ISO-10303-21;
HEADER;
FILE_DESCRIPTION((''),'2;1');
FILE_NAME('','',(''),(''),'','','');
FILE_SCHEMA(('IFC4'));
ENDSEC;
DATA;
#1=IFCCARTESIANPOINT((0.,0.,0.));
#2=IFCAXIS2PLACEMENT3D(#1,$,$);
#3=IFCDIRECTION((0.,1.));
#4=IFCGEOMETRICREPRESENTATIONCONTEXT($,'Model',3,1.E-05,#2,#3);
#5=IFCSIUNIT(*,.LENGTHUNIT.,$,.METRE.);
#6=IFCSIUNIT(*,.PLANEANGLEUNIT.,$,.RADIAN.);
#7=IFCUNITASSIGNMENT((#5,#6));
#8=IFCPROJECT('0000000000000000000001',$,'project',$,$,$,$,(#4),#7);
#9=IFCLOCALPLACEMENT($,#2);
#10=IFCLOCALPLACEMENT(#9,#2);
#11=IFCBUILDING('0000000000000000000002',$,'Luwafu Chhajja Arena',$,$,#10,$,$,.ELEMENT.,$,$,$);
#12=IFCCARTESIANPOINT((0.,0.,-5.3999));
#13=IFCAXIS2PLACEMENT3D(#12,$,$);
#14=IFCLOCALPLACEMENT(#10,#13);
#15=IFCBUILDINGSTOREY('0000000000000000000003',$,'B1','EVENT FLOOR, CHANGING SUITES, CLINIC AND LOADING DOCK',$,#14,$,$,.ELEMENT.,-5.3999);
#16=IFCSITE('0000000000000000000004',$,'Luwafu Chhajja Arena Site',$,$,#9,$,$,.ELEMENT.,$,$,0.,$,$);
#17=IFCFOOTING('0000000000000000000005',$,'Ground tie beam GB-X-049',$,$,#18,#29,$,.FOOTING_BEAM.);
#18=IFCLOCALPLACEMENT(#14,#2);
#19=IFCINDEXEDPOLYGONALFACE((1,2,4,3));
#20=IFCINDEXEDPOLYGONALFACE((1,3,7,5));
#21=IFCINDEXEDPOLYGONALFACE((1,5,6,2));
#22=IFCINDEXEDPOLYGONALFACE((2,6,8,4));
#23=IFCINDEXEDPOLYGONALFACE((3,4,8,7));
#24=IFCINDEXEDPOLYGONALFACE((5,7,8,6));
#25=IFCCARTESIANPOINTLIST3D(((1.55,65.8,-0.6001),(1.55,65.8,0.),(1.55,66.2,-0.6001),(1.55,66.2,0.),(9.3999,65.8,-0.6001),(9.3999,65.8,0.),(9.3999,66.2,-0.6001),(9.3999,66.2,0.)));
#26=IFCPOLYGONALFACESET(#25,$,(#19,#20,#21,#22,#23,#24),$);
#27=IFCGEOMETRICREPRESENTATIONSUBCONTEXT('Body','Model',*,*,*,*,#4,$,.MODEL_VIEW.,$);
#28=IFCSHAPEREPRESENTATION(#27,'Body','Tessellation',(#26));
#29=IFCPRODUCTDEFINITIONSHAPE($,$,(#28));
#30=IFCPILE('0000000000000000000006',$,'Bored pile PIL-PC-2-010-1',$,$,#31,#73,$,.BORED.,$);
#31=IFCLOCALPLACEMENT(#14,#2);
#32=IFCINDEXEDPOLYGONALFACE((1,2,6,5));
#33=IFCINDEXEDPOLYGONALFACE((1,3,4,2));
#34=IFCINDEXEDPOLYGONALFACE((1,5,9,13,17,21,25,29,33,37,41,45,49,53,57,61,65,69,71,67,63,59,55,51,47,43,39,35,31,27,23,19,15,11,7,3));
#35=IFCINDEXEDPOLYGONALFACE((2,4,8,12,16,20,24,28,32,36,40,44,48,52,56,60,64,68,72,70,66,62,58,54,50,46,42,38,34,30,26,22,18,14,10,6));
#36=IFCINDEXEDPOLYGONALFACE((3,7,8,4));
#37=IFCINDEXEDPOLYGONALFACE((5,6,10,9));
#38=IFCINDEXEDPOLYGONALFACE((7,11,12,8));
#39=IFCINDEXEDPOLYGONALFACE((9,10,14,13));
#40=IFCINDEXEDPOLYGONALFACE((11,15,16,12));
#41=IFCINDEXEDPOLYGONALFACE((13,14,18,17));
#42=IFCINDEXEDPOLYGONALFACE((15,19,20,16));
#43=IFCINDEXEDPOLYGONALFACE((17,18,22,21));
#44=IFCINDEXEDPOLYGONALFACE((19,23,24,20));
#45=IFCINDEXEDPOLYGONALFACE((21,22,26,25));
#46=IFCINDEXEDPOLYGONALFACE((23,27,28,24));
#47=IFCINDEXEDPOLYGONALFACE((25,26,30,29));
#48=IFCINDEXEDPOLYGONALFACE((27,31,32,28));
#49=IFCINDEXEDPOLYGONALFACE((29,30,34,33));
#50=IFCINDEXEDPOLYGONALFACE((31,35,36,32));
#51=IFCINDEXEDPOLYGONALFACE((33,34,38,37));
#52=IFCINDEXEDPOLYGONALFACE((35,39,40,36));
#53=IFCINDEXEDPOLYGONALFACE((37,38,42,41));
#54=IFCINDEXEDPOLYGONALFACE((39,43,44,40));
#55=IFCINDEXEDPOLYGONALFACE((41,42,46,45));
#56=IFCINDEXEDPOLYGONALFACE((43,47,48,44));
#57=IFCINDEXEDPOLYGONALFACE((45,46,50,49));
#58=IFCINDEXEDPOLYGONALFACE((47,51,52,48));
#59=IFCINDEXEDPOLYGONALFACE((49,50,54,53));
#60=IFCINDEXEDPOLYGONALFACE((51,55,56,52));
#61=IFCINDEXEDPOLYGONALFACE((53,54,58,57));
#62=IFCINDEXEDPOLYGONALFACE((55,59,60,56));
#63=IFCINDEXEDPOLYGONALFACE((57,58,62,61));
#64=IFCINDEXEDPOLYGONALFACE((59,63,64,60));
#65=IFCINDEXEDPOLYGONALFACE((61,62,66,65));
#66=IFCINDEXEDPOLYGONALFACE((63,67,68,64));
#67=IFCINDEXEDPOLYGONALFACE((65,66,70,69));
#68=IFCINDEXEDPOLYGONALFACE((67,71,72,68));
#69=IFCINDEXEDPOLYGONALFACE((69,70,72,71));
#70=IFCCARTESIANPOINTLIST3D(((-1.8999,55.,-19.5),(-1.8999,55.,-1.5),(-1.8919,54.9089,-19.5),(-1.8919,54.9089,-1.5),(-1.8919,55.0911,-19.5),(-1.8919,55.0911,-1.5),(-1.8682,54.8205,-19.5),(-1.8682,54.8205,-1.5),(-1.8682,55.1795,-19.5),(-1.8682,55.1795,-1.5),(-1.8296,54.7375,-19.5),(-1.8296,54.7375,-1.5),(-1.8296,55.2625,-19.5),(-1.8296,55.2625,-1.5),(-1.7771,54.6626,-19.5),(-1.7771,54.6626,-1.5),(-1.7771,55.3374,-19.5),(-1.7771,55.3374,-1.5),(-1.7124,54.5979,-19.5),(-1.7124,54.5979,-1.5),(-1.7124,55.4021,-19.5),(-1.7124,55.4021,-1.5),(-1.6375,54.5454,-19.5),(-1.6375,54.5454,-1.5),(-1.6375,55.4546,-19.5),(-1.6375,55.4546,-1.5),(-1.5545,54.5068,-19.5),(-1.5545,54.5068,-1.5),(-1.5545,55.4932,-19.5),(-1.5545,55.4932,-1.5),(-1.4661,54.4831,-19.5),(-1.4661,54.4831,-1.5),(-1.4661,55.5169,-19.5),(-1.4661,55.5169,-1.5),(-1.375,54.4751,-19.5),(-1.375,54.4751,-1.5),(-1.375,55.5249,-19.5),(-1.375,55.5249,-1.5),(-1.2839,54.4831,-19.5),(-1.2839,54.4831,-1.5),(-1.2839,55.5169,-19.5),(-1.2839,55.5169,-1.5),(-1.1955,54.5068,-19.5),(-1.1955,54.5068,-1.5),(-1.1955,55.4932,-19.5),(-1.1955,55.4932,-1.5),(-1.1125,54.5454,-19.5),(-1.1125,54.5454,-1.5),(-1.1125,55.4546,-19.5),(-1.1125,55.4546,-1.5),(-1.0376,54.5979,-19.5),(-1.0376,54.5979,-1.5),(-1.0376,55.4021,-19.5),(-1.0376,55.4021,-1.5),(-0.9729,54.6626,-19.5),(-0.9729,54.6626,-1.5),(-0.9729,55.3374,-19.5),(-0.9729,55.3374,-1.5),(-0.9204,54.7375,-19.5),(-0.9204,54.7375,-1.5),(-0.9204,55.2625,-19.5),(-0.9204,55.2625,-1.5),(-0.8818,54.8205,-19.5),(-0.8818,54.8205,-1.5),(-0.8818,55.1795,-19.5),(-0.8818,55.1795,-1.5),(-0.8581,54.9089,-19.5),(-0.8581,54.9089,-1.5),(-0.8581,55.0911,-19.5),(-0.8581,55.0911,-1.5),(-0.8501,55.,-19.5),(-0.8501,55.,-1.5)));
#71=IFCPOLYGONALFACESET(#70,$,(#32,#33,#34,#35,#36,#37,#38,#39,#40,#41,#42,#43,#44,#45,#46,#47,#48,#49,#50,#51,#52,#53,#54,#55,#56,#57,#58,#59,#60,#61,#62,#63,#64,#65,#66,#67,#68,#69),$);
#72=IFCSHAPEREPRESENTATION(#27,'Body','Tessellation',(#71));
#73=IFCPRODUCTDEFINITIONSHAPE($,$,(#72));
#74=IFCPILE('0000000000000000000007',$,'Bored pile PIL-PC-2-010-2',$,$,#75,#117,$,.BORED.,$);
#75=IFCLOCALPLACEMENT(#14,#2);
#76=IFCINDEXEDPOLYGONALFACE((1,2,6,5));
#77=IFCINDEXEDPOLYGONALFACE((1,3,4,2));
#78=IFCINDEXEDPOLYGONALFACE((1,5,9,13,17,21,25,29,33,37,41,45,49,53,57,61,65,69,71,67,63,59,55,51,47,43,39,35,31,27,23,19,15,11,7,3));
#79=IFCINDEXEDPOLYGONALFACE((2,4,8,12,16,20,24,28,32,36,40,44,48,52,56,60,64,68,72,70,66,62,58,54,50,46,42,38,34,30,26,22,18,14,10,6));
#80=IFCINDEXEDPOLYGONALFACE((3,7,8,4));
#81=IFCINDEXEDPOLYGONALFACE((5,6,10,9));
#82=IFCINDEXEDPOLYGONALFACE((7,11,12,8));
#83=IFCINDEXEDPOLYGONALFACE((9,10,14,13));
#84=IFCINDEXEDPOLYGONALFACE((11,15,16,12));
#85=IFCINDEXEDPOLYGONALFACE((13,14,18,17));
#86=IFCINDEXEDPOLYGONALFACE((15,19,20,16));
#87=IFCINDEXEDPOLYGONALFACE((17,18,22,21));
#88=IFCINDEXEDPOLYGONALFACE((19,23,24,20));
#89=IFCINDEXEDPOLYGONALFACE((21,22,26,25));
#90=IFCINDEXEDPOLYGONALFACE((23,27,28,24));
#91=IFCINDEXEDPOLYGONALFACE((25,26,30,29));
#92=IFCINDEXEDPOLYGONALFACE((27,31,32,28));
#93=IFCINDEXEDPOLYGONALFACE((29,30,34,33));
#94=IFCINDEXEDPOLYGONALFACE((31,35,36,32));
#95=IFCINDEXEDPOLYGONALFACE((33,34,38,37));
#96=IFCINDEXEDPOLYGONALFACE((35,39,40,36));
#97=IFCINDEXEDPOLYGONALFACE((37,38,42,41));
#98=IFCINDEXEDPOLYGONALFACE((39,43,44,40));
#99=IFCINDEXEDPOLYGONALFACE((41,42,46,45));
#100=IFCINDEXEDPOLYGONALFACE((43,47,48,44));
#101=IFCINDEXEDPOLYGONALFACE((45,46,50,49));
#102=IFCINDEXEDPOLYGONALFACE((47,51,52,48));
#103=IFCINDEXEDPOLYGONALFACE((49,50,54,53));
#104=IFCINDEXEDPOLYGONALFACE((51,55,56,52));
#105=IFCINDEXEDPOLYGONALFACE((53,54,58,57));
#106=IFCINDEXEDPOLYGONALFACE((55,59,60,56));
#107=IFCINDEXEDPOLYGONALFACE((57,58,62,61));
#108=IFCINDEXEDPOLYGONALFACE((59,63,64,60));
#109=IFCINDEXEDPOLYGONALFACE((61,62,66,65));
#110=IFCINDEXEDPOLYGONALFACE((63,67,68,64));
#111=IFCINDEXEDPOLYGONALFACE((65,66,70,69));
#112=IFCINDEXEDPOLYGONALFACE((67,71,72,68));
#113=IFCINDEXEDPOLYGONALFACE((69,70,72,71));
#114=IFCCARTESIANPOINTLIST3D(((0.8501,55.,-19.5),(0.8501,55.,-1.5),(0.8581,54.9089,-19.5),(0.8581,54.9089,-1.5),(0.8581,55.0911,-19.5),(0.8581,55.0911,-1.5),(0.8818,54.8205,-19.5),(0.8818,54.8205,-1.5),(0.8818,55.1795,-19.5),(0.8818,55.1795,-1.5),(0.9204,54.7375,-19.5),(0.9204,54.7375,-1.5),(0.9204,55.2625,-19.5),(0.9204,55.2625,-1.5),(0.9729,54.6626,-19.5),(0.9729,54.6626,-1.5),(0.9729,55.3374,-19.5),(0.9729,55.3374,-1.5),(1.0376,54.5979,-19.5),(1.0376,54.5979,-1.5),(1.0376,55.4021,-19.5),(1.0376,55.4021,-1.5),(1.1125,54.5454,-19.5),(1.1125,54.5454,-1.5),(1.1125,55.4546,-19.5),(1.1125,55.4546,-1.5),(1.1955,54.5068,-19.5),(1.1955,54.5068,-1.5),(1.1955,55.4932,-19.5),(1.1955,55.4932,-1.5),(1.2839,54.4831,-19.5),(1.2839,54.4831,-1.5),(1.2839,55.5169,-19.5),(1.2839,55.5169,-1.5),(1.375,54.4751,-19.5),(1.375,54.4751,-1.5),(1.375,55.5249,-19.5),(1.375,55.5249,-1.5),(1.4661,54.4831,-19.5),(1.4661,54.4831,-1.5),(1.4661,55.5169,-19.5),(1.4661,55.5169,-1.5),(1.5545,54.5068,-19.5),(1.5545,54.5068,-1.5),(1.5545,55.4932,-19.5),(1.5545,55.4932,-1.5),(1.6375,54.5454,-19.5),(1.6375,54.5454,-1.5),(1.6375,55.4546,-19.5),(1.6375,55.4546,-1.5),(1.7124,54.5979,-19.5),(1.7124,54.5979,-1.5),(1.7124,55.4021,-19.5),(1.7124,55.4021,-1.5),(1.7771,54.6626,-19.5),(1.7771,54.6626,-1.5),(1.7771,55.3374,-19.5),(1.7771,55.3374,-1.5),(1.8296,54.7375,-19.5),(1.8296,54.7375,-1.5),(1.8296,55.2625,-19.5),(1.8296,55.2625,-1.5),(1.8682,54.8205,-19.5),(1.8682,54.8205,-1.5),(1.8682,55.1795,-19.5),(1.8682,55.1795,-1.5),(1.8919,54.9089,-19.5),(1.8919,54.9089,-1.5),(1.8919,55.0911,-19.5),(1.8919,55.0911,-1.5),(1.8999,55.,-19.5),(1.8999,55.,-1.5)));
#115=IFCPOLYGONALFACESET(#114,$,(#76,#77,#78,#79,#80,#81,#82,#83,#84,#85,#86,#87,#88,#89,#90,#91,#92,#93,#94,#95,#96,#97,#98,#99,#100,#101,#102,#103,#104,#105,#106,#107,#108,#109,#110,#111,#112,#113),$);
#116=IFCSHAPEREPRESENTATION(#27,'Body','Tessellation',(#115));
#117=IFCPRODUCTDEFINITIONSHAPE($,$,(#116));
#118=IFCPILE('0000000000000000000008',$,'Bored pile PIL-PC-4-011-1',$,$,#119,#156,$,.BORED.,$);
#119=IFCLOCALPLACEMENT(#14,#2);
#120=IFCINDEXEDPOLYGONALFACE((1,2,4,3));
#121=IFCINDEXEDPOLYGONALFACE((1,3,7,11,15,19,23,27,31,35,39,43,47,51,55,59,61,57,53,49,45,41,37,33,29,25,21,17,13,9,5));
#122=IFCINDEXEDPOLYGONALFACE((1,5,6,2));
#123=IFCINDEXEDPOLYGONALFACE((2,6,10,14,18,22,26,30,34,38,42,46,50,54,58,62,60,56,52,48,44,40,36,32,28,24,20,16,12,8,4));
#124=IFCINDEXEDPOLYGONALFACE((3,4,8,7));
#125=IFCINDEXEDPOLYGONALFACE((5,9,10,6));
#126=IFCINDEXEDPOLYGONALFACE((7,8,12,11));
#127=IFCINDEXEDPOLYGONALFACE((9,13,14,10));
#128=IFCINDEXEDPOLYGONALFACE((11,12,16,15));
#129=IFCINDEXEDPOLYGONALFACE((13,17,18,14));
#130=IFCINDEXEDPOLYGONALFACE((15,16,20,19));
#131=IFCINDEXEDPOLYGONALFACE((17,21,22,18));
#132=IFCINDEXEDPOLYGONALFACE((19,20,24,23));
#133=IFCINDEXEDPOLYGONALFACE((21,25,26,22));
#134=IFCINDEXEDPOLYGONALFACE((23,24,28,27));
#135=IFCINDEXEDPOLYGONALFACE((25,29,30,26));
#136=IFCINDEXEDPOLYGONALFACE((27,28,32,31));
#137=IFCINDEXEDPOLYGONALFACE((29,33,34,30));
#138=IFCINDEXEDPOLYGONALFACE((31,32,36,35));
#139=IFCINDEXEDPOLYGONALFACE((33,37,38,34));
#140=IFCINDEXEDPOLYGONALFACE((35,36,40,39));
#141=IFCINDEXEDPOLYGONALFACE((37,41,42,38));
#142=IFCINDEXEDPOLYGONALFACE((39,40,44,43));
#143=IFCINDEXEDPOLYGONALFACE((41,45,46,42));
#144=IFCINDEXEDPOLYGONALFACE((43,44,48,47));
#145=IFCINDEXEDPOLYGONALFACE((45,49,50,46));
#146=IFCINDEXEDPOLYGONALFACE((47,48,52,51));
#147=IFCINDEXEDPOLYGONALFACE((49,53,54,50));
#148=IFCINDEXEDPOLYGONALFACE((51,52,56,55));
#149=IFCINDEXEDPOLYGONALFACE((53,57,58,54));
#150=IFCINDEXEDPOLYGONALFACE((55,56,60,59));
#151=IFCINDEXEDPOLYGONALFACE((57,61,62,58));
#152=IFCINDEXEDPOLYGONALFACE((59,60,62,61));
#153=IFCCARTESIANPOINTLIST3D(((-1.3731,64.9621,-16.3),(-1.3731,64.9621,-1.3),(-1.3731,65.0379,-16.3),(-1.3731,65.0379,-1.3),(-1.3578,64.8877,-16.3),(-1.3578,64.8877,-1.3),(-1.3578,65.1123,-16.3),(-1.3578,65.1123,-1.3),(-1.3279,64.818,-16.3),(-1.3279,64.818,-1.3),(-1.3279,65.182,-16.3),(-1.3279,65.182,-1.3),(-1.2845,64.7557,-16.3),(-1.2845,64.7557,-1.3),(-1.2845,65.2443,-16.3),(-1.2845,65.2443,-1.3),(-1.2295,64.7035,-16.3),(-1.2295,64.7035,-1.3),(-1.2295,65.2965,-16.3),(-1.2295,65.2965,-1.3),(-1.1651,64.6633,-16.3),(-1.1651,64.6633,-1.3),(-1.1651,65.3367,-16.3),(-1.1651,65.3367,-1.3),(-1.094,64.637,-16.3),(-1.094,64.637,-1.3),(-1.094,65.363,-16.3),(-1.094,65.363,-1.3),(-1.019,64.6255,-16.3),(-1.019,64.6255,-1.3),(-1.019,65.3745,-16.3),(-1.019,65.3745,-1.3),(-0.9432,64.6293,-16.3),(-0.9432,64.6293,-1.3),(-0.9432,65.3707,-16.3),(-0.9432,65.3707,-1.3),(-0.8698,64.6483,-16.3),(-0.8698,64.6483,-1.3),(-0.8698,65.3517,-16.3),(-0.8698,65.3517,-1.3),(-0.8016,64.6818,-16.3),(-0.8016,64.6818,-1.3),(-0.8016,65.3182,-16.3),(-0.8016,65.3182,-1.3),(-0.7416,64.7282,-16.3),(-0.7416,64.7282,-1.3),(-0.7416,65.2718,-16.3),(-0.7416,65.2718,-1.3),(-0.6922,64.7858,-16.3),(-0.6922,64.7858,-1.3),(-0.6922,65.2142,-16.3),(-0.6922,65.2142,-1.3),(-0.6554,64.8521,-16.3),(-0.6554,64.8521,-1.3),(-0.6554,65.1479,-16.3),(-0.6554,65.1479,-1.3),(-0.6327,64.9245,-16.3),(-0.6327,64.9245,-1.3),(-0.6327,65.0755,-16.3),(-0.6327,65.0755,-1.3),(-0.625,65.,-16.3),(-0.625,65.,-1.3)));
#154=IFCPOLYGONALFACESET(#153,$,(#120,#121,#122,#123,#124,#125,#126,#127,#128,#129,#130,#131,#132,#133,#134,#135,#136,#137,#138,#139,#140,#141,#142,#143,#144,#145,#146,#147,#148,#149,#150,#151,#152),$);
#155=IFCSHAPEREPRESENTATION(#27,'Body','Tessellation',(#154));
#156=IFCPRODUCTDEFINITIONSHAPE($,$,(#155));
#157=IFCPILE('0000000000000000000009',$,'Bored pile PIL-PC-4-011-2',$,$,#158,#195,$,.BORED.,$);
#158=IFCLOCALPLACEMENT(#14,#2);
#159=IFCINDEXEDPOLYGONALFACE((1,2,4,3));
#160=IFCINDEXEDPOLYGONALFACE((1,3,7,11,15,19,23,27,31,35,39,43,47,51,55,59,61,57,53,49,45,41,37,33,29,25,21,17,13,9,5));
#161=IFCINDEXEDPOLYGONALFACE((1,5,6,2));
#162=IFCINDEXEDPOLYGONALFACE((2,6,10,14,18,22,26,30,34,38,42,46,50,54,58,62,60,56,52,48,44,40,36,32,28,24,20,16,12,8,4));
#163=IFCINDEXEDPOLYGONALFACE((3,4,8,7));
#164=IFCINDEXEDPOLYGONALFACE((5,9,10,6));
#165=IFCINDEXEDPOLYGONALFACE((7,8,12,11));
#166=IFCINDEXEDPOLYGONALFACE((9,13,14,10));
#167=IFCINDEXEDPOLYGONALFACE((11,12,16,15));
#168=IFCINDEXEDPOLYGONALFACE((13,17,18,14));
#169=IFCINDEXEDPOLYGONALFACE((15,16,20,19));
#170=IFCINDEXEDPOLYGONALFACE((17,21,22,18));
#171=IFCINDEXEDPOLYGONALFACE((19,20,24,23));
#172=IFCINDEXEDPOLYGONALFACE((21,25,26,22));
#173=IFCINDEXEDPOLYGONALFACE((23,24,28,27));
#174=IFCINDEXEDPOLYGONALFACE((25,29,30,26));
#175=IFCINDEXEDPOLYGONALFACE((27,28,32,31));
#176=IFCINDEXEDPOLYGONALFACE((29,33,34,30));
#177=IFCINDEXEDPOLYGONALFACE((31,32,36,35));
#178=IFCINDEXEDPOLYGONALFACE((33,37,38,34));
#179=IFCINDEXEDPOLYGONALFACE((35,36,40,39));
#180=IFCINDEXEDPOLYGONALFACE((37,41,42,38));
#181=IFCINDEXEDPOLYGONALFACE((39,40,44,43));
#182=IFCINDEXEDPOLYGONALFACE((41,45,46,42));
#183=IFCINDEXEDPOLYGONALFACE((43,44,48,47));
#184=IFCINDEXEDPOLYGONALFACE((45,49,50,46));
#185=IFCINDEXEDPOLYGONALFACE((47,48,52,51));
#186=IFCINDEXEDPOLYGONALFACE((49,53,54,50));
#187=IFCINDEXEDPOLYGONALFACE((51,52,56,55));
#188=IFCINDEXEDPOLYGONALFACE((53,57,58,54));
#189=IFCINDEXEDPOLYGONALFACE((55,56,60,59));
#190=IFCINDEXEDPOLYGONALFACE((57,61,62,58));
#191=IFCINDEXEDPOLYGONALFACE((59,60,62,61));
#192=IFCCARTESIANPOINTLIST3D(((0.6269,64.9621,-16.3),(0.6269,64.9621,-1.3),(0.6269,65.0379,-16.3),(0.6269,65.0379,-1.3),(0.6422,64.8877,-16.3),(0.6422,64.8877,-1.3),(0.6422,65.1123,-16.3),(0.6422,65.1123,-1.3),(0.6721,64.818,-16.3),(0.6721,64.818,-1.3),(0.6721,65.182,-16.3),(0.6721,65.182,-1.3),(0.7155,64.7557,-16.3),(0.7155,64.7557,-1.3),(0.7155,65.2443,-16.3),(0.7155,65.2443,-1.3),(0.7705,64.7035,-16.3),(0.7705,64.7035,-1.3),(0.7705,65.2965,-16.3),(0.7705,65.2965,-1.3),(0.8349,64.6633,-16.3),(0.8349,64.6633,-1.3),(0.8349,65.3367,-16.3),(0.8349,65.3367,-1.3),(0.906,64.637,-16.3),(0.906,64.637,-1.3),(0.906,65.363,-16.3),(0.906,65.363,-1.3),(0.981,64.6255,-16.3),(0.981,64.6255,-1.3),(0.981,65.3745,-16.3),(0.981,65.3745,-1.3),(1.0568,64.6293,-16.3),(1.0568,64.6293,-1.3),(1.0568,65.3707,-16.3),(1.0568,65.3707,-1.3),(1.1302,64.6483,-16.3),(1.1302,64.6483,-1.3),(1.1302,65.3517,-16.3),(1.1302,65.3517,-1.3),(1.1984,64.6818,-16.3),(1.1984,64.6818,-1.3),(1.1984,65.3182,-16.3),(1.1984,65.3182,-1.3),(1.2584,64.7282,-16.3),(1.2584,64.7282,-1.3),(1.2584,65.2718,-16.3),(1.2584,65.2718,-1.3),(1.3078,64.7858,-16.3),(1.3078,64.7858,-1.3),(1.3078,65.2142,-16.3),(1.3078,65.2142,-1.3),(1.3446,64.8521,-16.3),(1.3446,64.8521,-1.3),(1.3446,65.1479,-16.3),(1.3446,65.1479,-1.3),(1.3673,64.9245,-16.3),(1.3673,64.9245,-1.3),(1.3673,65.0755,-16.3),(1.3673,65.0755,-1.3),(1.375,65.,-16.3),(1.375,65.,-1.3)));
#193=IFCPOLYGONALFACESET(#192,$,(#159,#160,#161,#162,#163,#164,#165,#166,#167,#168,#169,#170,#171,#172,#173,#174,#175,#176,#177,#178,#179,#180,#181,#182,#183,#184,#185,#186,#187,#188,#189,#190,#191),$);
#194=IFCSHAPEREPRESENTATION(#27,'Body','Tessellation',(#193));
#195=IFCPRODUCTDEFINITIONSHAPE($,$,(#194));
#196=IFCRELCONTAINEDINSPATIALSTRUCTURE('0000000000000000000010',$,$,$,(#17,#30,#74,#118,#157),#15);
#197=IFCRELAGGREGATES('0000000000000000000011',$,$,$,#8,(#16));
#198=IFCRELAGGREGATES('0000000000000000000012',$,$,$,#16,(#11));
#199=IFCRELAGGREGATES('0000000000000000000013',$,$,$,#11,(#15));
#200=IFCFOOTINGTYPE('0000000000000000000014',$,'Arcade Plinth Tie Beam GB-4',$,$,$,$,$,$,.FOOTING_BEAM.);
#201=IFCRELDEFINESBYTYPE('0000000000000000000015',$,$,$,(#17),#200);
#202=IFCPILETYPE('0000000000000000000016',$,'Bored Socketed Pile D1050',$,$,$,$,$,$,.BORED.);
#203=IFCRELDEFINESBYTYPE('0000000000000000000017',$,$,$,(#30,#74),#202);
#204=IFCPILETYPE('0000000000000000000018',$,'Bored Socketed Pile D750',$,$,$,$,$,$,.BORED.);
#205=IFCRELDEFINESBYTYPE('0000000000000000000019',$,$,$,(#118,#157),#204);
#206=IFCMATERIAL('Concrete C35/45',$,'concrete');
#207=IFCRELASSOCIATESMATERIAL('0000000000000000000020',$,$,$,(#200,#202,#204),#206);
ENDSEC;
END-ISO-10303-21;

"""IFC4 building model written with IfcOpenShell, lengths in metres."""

from ifc_helpers import new_model, si_unit, direction, frame, origin, origin_2d, place, context, subcontext, project, spatial, rectangle, circle, extrude, material, material_profile, profile_set, type_object, element, save


model = new_model("IFC4")

# Units and contexts
model_context = context("Model", 3, precision=1e-05, world=origin(), true_north=direction((0.0, 1.0)))
body_context = subcontext(model_context, "Body", "Model", "MODEL_VIEW")
ifc_project = project(units=[si_unit("LENGTHUNIT", "METRE"), si_unit("PLANEANGLEUNIT", "RADIAN")], contexts=[model_context])

# Site, building, storey
site_placement = place(None, origin())
site = spatial("IfcSite", under=ifc_project, at=site_placement, Name="Luwafu Chhajja Arena Site", CompositionType="ELEMENT", RefElevation=0.0)
building_placement = place(site_placement, origin())
building = spatial("IfcBuilding", under=site, at=building_placement, Name="Luwafu Chhajja Arena", CompositionType="ELEMENT")
storey_placement = place(building_placement, frame((0.0, 0.0, -5.3999)))
storey = spatial("IfcBuildingStorey", under=building, at=storey_placement, Name="B1", Description="EVENT FLOOR, CHANGING SUITES, CLINIC AND LOADING DOCK", CompositionType="ELEMENT", Elevation=-5.3999)

# Footing
ifc_material_1 = material(Name="Concrete C35/45", Category="concrete")
ifc_material_profile_1 = material_profile(ifc_material_1, rectangle(XDim=0.3999, YDim=0.6001, at=origin_2d()), Name="RC 400x600")
ifc_profile_set_1 = profile_set([ifc_material_profile_1], Name="Concrete C35/45")
footing_type_1 = type_object("IfcFootingType", Name="Arcade Plinth Tie Beam GB-4", PredefinedType="FOOTING_BEAM", material=ifc_profile_set_1)
footing_1_placement = place(storey_placement, frame((1.55, 66.0, -0.3), z_axis=(1.0, 0.0, 0.0), x_axis=(0.0, 1.0, 0.0)))
element("IfcFooting", 1, at=footing_1_placement, inside=storey, type_object=footing_type_1, Name="Ground tie beam GB-X-049", PredefinedType="FOOTING_BEAM", context=body_context, shape_type="SweptSolid", body=[
    extrude(rectangle(XDim=0.3999, YDim=0.6001, at=origin_2d()), origin(), (0.0, 0.0, 1.0), 7.8499),
])

# Piles
ifc_material_profile_2 = material_profile(ifc_material_1, circle(Radius=0.5249, at=origin_2d()), Name="PILE D1050")
ifc_profile_set_2 = profile_set([ifc_material_profile_2], Name="Concrete C35/45")
pile_type_1 = type_object("IfcPileType", Name="Bored Socketed Pile D1050", PredefinedType="BORED", material=ifc_profile_set_2)
for number, where, z_axis, x_axis, name in (
    (2, (-1.375, 55.0, -1.5), (0.0, 0.0, -1.0), (1.0, 0.0, 0.0), "Bored pile PIL-PC-2-010-1"),
    (3, (1.375, 55.0, -1.5), (0.0, 0.0, -1.0), (1.0, 0.0, 0.0), "Bored pile PIL-PC-2-010-2"),
):
    element("IfcPile", number, at=place(storey_placement, frame(where, z_axis=z_axis, x_axis=x_axis)), inside=storey, type_object=pile_type_1, Name=name, PredefinedType="BORED", context=body_context, shape_type="SweptSolid", body=[
        extrude(circle(Radius=0.5249, at=origin_2d()), origin(), (0.0, 0.0, 1.0), 18.0),
    ])
ifc_material_profile_3 = material_profile(ifc_material_1, circle(Radius=0.375, at=origin_2d()), Name="PILE D750")
ifc_profile_set_3 = profile_set([ifc_material_profile_3], Name="Concrete C35/45")
pile_type_2 = type_object("IfcPileType", Name="Bored Socketed Pile D750", PredefinedType="BORED", material=ifc_profile_set_3)
for number, where, z_axis, x_axis, name in (
    (4, (-1.0, 65.0, -1.3), (0.0, 0.0, -1.0), (1.0, 0.0, 0.0), "Bored pile PIL-PC-4-011-1"),
    (5, (1.0, 65.0, -1.3), (0.0, 0.0, -1.0), (1.0, 0.0, 0.0), "Bored pile PIL-PC-4-011-2"),
):
    element("IfcPile", number, at=place(storey_placement, frame(where, z_axis=z_axis, x_axis=x_axis)), inside=storey, type_object=pile_type_2, Name=name, PredefinedType="BORED", context=body_context, shape_type="SweptSolid", body=[
        extrude(circle(Radius=0.375, at=origin_2d()), origin(), (0.0, 0.0, 1.0), 15.0),
    ])

save(model, "model.ifc")
